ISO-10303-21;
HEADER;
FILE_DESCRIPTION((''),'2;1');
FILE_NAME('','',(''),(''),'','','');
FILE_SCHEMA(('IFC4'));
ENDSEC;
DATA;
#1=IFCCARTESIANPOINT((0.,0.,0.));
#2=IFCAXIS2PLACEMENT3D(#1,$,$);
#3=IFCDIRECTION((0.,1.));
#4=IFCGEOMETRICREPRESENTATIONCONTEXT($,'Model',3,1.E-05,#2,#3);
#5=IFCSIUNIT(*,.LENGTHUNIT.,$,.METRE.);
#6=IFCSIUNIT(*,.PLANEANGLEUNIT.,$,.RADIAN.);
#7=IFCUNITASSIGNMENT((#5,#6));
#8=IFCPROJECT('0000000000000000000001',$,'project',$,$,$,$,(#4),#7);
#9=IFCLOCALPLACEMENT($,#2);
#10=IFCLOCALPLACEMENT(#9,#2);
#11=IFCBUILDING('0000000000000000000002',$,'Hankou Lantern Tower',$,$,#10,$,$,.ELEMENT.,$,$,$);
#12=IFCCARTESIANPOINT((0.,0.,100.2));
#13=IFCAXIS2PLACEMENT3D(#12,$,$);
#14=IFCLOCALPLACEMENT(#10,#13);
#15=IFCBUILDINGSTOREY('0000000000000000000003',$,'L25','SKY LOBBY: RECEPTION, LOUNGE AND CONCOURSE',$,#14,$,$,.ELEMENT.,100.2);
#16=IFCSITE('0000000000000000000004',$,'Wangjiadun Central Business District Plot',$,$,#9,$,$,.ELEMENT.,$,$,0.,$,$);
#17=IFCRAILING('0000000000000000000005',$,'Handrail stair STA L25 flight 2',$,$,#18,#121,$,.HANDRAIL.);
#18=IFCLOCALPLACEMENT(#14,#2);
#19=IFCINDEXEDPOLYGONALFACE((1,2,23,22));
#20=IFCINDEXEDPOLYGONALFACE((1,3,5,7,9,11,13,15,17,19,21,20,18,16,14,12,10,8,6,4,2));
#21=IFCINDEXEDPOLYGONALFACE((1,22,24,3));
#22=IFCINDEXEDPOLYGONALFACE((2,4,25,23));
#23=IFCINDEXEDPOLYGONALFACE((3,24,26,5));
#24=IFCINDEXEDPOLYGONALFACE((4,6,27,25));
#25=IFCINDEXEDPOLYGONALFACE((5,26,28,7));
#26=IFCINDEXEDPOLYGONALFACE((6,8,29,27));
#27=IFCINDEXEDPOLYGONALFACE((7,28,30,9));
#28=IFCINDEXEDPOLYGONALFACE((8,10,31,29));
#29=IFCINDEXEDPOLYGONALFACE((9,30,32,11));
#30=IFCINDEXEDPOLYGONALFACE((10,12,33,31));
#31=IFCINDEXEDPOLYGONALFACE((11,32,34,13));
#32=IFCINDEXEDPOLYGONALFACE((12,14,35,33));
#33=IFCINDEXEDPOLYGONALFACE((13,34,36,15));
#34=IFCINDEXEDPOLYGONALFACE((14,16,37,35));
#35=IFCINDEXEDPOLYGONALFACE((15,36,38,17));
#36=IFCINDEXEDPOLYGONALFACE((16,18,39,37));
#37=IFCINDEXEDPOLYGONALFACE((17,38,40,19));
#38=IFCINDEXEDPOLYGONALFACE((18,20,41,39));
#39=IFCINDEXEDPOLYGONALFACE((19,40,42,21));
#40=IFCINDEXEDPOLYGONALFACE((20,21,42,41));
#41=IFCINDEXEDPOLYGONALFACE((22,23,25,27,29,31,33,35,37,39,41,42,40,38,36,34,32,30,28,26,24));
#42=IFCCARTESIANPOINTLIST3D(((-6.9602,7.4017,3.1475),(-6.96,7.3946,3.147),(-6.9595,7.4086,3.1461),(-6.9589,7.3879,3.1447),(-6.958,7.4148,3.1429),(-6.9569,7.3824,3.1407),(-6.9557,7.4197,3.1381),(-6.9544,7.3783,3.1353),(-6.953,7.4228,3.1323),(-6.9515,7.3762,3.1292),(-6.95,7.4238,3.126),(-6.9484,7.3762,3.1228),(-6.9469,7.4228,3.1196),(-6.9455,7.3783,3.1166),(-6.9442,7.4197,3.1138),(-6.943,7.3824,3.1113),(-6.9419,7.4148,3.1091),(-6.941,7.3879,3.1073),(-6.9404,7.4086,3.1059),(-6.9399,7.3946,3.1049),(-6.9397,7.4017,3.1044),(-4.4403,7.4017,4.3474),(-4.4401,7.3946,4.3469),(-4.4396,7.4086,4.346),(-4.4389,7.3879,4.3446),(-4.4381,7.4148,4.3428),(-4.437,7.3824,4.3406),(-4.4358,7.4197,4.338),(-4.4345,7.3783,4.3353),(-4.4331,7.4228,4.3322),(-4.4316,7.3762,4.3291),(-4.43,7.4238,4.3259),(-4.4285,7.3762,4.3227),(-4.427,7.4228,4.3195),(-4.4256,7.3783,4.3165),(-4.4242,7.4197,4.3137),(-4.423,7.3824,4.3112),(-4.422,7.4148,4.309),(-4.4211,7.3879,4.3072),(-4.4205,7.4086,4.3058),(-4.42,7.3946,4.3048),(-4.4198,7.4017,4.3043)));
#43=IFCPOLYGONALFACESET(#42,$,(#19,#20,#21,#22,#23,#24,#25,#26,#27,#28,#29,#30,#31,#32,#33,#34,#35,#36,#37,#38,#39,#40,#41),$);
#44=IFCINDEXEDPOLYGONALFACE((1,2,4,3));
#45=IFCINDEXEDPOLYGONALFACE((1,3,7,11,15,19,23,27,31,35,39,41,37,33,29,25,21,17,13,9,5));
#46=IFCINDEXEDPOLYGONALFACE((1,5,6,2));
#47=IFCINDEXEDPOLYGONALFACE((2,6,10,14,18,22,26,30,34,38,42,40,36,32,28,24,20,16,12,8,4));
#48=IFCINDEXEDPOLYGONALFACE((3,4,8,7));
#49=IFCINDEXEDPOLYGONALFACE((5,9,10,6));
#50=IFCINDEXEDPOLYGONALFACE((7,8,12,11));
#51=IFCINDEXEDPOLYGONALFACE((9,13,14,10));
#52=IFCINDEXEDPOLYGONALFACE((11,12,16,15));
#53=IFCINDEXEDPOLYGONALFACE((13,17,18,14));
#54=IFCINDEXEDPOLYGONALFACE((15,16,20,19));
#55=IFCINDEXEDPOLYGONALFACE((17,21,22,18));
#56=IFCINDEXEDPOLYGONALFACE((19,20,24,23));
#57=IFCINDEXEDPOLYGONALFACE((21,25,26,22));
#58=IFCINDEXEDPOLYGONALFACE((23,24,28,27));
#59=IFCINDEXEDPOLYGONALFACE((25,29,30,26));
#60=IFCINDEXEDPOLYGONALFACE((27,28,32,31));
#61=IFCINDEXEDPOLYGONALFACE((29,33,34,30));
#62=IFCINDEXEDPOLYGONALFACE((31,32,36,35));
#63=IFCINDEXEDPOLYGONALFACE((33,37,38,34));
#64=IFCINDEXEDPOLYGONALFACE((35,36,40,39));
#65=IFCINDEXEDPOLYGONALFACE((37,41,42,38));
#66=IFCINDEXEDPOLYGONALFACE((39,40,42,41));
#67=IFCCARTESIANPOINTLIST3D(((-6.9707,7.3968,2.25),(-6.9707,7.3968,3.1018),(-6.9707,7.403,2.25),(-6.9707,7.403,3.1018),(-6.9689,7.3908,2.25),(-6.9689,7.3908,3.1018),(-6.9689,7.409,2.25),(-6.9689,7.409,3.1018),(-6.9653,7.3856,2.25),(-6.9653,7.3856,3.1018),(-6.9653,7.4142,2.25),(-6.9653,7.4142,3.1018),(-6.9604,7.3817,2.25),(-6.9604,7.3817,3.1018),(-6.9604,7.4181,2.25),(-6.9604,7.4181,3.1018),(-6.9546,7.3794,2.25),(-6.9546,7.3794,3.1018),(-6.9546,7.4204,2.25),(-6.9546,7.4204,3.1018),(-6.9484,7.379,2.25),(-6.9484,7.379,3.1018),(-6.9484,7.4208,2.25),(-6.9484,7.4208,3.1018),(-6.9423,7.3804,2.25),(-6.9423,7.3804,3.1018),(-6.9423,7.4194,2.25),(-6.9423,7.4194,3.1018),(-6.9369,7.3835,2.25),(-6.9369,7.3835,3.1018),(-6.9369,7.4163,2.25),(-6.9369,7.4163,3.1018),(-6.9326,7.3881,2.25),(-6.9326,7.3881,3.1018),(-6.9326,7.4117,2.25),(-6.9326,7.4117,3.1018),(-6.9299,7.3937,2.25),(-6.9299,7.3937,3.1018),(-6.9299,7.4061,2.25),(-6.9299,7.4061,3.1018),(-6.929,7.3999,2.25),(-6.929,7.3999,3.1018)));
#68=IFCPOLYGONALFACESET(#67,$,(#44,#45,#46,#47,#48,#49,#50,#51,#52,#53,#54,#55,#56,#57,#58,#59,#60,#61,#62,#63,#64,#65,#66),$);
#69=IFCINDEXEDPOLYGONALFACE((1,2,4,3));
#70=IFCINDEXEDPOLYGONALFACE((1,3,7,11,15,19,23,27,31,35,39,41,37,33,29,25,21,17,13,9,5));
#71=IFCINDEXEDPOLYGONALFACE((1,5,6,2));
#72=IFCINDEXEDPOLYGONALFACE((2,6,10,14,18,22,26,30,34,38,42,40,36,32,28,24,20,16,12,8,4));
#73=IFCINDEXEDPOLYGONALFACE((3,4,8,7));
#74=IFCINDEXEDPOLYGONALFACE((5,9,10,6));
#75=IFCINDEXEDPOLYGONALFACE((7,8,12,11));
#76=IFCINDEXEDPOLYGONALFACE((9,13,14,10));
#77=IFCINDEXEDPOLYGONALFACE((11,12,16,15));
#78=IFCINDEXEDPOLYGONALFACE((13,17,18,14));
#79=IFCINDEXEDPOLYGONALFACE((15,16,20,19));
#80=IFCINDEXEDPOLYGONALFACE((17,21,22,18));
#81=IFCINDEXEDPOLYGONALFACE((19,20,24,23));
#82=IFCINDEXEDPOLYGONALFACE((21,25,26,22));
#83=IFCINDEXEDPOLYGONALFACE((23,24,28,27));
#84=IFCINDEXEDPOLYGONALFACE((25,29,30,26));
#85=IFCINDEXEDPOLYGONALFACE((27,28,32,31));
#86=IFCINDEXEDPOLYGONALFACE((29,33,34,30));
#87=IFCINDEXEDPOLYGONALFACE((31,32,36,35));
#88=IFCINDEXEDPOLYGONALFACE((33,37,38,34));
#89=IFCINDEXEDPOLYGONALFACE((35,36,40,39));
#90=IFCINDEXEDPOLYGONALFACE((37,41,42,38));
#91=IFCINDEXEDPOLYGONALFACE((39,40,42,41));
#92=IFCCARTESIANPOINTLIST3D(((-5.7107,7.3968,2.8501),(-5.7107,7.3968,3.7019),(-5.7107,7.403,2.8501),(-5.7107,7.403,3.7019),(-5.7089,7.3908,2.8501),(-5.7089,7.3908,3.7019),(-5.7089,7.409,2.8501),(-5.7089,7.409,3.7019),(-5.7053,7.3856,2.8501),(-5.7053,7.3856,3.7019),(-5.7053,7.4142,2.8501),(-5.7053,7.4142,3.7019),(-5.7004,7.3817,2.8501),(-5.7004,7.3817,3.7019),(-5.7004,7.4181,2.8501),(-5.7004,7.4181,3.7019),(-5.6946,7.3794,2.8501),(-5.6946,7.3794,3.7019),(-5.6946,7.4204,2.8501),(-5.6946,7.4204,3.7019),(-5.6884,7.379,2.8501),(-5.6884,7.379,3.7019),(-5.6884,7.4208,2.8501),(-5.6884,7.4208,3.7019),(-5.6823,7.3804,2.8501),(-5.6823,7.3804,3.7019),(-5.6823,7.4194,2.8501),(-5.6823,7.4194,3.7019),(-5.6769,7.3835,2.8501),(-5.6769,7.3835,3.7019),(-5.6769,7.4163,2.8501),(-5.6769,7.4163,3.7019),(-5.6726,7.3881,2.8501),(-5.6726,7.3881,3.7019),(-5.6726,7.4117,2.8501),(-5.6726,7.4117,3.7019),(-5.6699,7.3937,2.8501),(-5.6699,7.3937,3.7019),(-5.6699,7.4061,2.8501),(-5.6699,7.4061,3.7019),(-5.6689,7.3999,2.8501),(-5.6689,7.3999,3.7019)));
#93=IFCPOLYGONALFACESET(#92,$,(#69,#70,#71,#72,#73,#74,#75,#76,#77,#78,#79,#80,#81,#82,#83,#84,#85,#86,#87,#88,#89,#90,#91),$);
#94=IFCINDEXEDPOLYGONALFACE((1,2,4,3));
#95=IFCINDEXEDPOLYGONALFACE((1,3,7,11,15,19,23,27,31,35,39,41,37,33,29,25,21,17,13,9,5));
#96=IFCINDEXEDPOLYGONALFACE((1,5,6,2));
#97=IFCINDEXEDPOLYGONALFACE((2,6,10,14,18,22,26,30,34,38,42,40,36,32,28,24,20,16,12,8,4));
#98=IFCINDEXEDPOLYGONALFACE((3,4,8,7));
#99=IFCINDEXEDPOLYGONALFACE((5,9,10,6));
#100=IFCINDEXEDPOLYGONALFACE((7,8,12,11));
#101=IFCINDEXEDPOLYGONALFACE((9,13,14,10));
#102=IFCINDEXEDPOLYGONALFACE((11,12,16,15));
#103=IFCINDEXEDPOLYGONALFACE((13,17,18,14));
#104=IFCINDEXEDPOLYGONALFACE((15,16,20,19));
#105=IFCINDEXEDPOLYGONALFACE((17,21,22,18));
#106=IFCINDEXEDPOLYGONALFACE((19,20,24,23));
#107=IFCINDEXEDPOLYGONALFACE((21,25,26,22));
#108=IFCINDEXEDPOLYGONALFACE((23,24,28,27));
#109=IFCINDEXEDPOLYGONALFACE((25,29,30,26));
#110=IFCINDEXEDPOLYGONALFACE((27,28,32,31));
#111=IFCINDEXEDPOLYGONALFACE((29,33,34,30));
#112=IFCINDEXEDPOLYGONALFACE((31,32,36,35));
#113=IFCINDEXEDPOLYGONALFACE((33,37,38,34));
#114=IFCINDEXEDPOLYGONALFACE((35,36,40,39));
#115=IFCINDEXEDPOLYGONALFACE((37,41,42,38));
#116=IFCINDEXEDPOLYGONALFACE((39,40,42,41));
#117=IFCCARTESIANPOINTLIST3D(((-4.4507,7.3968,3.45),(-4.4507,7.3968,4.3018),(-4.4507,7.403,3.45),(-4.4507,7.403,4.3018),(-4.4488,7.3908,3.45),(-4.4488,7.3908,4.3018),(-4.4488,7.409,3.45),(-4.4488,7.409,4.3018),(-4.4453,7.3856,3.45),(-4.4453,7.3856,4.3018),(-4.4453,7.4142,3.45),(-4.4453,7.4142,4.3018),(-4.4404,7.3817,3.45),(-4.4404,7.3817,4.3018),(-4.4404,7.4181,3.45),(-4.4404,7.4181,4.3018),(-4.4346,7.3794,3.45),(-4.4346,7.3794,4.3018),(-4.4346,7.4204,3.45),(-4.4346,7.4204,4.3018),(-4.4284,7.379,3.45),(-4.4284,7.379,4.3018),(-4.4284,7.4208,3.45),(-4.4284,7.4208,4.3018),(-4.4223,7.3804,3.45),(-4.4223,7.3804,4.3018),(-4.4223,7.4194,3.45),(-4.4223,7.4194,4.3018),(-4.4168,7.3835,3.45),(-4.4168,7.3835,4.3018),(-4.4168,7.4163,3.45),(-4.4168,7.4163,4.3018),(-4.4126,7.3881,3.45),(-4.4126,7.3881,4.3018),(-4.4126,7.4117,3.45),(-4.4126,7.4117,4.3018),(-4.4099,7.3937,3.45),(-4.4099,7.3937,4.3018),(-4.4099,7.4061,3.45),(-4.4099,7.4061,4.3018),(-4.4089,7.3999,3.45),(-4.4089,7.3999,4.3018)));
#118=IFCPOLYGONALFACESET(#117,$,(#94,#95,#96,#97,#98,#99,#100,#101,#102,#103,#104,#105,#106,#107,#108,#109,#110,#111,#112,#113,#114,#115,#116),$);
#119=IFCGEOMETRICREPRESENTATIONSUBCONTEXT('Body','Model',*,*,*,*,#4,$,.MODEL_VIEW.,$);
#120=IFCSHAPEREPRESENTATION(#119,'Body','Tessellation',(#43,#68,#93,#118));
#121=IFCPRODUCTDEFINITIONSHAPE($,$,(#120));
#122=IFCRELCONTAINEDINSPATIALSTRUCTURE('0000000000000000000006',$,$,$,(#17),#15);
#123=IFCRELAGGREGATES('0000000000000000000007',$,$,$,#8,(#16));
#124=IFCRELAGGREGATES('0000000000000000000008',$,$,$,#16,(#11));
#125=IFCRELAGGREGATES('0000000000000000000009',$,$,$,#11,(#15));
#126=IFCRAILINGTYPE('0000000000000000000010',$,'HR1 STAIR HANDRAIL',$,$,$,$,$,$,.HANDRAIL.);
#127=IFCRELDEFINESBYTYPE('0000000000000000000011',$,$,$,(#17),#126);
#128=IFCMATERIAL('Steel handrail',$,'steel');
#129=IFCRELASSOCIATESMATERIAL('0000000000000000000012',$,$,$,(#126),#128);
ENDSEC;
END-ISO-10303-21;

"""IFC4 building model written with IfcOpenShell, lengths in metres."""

from ifc_helpers import new_model, si_unit, direction, frame, origin, origin_2d, place, context, subcontext, project, spatial, circle, extrude, material, type_object, element, save


model = new_model("IFC4")

# Units and contexts
model_context = context("Model", 3, precision=1e-05, world=origin(), true_north=direction((0.0, 1.0)))
body_context = subcontext(model_context, "Body", "Model", "MODEL_VIEW")
ifc_project = project(units=[si_unit("LENGTHUNIT", "METRE"), si_unit("PLANEANGLEUNIT", "RADIAN")], contexts=[model_context])

# Site, building, storey
site_placement = place(None, origin())
site = spatial("IfcSite", under=ifc_project, at=site_placement, Name="Wangjiadun Central Business District Plot", CompositionType="ELEMENT", RefElevation=0.0)
building_placement = place(site_placement, origin())
building = spatial("IfcBuilding", under=site, at=building_placement, Name="Hankou Lantern Tower", CompositionType="ELEMENT")
storey_placement = place(building_placement, frame((0.0, 0.0, 100.2)))
storey = spatial("IfcBuildingStorey", under=building, at=storey_placement, Name="L25", Description="SKY LOBBY: RECEPTION, LOUNGE AND CONCOURSE", CompositionType="ELEMENT", Elevation=100.2)

# Railing
ifc_material_1 = material(Name="Steel handrail", Category="steel")
railing_type = type_object("IfcRailingType", Name="HR1 STAIR HANDRAIL", PredefinedType="HANDRAIL", material=ifc_material_1)
railing_1_placement = place(storey_placement, frame((-6.95, 7.3999, 2.25)))
element("IfcRailing", 1, at=railing_1_placement, inside=storey, type_object=railing_type, Name="Handrail stair STA L25 flight 2", PredefinedType="HANDRAIL", context=body_context, shape_type="SweptSolid", body=[
    extrude(circle(Radius=0.0239, at=origin_2d()), frame((0.0, 0.0, 0.876), z_axis=(0.902869, 0.0, 0.429917), x_axis=(0.0, 1.0, 0.0)), (0.0, 0.0, 1.0), 2.791),
    extrude(circle(Radius=0.021, at=origin_2d()), origin(), (0.0, 0.0, 1.0), 0.8518),
    extrude(circle(Radius=0.021, at=origin_2d()), frame((1.26, 0.0, 0.6001)), (0.0, 0.0, 1.0), 0.8518),
    extrude(circle(Radius=0.021, at=origin_2d()), frame((2.52, 0.0, 1.2)), (0.0, 0.0, 1.0), 0.8518),
])

save(model, "model.ifc")
